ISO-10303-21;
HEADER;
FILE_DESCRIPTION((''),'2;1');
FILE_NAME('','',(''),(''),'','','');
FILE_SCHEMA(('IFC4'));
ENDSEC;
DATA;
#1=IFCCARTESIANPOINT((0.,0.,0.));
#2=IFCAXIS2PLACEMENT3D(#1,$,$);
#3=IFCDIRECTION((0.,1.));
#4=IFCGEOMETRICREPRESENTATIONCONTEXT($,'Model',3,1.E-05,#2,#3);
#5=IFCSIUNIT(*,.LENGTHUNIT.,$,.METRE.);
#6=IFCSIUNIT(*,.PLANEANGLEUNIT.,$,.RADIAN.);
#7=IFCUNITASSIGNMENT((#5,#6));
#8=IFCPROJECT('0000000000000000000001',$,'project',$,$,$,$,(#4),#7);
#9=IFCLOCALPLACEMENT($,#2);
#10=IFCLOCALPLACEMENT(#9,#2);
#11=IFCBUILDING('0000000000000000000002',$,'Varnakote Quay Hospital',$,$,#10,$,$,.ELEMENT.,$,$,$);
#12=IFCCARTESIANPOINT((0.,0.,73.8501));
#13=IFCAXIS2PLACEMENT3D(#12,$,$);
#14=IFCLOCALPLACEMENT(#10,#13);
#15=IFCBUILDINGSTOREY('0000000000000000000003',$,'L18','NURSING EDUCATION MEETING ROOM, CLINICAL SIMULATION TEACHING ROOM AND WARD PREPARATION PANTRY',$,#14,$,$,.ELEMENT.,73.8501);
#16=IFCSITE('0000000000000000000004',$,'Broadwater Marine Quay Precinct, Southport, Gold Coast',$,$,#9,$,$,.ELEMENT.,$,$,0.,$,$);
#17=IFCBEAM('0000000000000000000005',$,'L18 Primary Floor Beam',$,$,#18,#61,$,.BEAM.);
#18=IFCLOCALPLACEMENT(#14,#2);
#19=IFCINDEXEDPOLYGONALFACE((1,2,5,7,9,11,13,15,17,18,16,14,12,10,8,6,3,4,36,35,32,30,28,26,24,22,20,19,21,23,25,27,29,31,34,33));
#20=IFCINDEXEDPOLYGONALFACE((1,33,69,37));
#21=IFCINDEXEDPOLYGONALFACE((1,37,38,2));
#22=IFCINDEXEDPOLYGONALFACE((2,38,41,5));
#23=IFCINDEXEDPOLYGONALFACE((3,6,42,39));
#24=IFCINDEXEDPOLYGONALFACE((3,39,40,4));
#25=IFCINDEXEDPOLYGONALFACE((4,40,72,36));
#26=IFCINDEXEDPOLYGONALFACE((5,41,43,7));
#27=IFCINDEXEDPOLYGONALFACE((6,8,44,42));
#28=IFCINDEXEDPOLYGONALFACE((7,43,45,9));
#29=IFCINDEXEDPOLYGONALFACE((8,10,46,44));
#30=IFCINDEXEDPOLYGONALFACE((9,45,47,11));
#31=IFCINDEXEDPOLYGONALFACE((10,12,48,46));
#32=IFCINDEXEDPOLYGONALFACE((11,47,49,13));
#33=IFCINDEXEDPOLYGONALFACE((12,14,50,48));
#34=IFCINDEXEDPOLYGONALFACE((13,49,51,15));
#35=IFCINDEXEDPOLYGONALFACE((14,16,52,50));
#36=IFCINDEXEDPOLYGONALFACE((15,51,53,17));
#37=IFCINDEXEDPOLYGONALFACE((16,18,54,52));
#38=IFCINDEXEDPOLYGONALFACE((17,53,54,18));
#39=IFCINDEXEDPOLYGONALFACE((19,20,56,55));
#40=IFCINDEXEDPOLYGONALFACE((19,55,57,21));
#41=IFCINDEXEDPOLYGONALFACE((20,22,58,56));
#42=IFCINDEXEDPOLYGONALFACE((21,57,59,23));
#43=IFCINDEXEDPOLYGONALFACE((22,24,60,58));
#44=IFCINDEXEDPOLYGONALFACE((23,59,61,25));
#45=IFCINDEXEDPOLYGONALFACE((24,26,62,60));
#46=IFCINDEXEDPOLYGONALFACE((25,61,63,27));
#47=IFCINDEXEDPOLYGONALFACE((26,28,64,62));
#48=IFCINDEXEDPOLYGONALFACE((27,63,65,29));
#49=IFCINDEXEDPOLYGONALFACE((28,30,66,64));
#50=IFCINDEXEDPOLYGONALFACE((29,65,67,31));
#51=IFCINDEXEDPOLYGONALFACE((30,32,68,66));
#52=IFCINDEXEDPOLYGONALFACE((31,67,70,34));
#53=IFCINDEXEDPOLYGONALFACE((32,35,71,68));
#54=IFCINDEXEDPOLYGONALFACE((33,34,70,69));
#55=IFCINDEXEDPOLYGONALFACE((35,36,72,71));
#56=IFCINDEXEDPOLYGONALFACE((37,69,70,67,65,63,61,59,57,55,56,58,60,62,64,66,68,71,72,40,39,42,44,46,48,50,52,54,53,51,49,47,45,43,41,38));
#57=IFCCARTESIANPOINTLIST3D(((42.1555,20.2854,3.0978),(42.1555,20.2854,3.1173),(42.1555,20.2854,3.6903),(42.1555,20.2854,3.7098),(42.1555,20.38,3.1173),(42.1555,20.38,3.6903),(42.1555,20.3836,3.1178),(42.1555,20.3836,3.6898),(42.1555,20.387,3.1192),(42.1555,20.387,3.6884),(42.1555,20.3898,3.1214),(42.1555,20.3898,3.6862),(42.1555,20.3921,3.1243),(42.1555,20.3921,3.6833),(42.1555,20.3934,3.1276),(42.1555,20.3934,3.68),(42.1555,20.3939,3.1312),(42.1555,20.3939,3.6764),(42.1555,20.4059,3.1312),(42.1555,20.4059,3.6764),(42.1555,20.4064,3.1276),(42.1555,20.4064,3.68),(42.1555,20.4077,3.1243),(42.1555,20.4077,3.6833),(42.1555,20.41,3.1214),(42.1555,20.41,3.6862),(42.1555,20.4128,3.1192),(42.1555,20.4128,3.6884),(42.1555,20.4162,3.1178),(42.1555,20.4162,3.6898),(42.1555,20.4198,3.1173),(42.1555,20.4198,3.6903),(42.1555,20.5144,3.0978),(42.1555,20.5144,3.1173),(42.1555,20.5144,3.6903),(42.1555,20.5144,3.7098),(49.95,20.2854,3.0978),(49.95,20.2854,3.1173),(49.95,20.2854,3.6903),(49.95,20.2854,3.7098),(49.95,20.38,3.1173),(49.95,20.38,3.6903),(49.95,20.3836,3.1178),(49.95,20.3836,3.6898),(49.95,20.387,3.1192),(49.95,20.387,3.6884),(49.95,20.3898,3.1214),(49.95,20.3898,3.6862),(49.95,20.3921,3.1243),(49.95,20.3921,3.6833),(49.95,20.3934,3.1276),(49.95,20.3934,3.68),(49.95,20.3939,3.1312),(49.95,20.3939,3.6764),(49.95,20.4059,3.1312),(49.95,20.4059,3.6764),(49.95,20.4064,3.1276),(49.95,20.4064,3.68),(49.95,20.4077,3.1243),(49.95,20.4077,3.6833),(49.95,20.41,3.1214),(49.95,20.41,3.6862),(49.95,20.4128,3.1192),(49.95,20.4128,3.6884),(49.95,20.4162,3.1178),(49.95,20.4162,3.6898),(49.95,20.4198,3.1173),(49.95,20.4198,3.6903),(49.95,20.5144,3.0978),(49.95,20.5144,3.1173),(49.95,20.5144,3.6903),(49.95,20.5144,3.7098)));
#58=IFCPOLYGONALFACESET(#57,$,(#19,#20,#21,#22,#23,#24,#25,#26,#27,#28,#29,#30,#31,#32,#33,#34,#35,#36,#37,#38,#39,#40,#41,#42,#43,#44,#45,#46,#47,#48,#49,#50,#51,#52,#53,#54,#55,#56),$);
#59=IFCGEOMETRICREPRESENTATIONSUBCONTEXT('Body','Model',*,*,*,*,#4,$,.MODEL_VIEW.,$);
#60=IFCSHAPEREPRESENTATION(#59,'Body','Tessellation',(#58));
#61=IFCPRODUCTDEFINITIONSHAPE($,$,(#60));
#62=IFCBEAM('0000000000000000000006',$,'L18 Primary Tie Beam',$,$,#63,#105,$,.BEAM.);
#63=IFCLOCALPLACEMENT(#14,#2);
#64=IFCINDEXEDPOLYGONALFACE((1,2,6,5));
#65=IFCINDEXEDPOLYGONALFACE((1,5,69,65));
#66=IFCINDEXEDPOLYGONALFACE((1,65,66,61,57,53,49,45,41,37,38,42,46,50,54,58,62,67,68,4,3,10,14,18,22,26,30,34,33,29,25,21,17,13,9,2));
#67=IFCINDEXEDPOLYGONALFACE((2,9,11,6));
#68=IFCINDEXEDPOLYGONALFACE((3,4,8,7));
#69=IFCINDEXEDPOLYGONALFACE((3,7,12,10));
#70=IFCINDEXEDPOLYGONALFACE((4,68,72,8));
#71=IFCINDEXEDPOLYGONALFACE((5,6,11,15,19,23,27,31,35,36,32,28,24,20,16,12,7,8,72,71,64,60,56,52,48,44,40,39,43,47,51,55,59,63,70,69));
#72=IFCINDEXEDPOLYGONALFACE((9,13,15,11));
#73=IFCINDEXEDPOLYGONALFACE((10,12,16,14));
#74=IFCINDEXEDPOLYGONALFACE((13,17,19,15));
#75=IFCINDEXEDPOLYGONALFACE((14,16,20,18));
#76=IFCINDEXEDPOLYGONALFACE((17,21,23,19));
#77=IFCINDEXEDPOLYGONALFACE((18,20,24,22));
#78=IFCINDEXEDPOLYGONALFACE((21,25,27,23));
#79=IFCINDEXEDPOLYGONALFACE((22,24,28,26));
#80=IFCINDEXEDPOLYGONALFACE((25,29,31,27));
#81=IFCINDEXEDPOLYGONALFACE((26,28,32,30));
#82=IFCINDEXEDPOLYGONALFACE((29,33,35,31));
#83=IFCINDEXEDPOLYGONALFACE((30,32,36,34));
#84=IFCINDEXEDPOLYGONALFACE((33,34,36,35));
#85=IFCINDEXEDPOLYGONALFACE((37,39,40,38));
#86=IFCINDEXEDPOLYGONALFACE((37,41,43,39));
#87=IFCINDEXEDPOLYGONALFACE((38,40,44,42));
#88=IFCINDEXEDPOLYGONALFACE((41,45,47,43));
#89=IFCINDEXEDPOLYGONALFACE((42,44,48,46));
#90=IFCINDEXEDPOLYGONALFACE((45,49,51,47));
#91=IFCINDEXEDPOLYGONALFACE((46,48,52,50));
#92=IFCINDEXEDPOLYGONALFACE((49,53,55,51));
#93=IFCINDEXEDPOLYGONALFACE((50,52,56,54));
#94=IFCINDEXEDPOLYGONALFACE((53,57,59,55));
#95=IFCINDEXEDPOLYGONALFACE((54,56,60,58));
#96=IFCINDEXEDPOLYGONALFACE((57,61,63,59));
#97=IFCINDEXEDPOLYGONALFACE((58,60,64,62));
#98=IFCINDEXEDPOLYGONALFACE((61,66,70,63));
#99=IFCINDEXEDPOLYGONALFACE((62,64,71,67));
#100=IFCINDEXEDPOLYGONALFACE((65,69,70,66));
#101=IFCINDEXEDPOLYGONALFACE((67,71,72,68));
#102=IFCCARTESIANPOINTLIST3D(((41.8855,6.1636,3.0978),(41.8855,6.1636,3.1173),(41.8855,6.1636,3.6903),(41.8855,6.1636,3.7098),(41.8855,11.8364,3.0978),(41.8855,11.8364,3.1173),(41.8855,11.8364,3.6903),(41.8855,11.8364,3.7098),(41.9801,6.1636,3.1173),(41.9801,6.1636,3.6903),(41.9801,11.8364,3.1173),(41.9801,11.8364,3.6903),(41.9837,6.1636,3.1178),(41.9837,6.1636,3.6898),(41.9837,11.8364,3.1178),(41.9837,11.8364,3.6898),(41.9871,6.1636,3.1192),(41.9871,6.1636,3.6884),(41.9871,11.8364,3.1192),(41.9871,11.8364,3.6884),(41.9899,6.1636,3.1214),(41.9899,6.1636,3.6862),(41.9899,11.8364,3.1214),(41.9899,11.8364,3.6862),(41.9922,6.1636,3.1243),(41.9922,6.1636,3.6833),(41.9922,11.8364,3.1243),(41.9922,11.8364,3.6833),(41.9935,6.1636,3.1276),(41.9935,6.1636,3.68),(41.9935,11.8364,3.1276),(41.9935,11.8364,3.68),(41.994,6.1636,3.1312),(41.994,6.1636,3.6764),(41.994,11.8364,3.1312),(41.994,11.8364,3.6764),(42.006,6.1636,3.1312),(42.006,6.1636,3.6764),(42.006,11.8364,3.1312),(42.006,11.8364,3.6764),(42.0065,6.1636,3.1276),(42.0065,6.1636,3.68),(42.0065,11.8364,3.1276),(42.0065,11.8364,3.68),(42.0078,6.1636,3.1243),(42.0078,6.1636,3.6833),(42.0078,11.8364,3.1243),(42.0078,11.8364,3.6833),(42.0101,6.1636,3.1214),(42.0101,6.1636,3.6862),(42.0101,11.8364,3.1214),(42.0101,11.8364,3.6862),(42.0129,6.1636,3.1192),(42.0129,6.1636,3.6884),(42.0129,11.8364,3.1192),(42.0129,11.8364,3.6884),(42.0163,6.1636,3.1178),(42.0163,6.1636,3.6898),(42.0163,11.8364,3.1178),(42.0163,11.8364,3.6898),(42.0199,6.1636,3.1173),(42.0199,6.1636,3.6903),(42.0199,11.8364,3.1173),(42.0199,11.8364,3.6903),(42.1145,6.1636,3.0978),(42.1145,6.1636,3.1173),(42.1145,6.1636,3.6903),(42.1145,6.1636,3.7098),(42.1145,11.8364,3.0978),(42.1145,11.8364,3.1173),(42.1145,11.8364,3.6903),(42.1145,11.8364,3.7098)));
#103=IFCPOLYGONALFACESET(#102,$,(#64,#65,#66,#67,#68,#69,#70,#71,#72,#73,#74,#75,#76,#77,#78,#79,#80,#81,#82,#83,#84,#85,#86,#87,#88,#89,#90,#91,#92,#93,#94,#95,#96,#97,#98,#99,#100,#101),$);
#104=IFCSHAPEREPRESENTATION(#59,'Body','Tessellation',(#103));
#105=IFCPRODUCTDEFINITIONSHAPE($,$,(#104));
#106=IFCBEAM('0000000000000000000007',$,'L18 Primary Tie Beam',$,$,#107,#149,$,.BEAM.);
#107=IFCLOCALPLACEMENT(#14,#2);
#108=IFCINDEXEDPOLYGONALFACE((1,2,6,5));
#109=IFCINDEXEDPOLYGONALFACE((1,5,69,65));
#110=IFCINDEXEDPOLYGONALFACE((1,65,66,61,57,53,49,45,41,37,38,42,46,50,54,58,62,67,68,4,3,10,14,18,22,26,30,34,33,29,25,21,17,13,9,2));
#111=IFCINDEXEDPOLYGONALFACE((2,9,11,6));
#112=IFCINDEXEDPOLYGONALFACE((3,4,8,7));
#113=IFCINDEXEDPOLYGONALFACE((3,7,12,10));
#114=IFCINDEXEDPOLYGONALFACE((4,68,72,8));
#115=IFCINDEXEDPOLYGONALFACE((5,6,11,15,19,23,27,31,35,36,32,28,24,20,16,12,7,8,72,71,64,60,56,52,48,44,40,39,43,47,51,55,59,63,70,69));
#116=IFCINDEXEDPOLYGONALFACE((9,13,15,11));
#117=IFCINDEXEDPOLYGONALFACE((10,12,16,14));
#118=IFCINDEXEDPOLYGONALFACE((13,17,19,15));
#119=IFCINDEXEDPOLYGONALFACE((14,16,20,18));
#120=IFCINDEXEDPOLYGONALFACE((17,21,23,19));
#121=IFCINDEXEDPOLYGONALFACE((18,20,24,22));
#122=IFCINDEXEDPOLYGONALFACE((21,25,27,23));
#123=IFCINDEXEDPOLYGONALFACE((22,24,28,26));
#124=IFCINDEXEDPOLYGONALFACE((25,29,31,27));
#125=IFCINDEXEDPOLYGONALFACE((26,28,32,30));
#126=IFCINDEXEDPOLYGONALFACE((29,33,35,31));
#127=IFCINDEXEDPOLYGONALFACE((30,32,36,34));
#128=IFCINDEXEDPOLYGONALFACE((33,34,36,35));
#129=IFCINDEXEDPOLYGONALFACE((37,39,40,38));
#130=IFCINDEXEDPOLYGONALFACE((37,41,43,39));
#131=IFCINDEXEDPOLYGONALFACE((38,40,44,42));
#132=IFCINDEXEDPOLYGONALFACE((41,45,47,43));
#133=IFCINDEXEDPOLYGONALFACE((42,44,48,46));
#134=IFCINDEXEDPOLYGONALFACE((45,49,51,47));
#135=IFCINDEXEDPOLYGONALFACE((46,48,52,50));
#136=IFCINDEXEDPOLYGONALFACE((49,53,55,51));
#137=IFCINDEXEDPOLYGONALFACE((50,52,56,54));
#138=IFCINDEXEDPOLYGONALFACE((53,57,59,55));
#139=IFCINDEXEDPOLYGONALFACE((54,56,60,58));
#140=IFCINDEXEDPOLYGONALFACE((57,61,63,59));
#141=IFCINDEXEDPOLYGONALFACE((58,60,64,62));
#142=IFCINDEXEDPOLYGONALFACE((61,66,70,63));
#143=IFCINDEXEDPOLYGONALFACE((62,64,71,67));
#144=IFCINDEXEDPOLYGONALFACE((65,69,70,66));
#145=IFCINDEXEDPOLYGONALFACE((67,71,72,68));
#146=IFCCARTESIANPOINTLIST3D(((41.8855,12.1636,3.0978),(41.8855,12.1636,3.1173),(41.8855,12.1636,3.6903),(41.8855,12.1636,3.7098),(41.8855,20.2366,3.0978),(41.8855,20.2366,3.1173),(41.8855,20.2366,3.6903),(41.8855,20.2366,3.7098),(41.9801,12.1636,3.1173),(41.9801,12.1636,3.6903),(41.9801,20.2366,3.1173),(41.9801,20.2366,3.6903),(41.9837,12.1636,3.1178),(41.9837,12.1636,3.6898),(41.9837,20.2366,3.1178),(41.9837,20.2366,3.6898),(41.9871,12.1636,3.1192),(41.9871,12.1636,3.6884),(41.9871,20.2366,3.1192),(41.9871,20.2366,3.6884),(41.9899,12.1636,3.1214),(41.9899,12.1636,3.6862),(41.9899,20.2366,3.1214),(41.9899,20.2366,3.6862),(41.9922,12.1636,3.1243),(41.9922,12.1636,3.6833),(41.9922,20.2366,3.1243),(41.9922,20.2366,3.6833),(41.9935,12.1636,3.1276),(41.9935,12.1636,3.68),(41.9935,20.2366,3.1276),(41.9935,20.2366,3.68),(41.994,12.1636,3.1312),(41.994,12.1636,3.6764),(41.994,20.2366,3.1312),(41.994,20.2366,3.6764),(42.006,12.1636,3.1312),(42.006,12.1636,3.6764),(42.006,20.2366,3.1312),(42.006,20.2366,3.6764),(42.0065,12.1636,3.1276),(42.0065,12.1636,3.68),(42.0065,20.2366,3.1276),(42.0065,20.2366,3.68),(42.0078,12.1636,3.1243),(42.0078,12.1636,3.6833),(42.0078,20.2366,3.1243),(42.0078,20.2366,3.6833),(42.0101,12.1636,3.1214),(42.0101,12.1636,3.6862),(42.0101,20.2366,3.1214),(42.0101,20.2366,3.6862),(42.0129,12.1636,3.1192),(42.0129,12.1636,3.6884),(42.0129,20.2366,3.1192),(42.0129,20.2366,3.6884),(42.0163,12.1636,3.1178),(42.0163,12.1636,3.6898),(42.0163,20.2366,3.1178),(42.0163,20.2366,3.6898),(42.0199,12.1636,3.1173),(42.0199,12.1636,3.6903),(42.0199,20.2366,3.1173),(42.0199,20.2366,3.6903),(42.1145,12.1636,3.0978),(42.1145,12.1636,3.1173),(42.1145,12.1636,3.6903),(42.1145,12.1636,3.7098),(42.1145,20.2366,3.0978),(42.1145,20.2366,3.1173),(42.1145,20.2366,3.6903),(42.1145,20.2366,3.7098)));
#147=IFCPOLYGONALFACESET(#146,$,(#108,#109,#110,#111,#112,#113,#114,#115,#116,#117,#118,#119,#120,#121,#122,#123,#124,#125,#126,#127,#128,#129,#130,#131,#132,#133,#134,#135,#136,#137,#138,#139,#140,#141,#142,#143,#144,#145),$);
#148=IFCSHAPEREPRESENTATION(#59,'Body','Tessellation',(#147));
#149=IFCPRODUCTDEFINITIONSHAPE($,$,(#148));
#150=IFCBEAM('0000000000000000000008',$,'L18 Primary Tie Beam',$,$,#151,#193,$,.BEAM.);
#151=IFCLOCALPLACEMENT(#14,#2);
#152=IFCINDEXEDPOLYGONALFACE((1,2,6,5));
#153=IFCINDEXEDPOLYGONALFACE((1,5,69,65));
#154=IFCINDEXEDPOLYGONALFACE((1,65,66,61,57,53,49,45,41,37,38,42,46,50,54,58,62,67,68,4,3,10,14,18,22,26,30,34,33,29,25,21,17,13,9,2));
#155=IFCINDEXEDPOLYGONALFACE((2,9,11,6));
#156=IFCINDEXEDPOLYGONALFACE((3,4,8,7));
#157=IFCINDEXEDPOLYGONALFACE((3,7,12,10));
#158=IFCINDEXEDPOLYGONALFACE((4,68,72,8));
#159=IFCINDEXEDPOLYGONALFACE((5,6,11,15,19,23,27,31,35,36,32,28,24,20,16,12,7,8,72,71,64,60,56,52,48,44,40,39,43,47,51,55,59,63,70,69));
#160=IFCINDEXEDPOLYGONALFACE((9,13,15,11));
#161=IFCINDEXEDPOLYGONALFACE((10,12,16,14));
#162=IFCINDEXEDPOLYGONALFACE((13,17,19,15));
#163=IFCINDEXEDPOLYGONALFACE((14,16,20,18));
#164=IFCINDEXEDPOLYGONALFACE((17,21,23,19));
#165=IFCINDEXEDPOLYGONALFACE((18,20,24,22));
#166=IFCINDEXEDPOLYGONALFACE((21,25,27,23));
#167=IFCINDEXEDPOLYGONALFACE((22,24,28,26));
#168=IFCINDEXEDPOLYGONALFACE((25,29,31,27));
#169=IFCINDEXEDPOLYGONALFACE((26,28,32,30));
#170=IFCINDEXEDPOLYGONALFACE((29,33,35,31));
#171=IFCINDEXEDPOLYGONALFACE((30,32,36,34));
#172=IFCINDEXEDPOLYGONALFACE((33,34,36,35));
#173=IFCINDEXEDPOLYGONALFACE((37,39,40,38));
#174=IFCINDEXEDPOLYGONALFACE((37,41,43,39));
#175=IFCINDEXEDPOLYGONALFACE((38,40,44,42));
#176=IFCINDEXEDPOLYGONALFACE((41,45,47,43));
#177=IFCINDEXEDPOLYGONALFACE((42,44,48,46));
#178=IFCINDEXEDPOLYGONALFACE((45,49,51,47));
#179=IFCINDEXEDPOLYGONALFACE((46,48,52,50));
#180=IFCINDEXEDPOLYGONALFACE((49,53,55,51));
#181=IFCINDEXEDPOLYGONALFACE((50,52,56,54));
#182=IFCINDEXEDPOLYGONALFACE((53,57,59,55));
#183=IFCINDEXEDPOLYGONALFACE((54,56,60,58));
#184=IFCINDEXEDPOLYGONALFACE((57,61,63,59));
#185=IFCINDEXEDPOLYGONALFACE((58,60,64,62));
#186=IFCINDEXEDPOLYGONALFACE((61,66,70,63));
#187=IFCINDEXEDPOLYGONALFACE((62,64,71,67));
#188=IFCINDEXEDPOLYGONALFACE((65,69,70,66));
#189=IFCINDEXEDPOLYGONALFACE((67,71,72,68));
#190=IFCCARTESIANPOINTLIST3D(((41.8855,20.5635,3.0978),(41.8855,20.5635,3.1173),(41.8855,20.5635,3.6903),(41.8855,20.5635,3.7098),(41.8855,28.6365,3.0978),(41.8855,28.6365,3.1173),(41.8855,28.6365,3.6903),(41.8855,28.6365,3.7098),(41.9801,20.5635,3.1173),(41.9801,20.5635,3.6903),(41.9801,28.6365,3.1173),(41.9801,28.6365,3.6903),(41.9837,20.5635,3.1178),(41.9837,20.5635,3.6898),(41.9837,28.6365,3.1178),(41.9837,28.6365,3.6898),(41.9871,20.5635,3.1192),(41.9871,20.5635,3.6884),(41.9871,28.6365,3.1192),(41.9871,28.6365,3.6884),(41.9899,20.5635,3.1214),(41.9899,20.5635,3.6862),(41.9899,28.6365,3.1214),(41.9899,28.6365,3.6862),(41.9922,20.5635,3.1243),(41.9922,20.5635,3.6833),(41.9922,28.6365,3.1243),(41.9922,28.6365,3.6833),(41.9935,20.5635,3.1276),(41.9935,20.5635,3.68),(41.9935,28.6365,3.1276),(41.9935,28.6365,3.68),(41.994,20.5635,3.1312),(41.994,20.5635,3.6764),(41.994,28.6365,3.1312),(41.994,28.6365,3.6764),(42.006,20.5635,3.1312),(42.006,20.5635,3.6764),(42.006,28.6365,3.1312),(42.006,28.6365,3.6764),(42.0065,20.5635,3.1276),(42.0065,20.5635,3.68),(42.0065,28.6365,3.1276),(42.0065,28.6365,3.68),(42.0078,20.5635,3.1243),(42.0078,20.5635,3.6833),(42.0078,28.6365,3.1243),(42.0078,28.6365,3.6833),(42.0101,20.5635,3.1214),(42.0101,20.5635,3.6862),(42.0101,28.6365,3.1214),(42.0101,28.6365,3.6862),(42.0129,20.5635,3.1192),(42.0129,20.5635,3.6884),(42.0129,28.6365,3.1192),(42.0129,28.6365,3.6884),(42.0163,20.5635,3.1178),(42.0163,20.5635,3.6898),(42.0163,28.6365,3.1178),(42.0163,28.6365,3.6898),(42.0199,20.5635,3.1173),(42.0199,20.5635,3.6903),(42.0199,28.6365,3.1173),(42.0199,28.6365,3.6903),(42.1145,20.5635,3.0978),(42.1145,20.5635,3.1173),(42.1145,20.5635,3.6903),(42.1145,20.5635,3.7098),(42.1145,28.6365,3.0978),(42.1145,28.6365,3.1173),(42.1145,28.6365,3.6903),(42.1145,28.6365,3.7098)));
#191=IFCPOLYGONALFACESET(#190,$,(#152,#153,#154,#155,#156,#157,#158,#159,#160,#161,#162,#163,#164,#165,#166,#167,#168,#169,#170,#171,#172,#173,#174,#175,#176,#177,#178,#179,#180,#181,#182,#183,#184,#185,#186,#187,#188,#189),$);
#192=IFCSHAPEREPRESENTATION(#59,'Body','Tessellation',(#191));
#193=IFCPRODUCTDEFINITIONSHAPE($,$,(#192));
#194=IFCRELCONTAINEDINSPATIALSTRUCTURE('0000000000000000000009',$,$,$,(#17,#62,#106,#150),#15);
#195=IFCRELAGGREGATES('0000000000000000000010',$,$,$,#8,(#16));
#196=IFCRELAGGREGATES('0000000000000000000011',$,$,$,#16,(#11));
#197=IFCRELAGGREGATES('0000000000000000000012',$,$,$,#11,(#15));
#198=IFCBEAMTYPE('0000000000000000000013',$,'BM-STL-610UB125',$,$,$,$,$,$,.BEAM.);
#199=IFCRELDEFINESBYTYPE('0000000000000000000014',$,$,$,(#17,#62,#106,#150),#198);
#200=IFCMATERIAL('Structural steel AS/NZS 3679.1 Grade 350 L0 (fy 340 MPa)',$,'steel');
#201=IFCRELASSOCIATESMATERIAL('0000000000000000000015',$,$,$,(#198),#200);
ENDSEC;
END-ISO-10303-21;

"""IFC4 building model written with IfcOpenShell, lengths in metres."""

from ifc_helpers import new_model, si_unit, direction, frame, origin, origin_2d, place, context, subcontext, project, spatial, i_section, extrude, material, material_profile, profile_set, type_object, element, save


model = new_model("IFC4")

# Units and contexts
model_context = context("Model", 3, precision=1e-05, world=origin(), true_north=direction((0.0, 1.0)))
body_context = subcontext(model_context, "Body", "Model", "MODEL_VIEW")
ifc_project = project(units=[si_unit("LENGTHUNIT", "METRE"), si_unit("PLANEANGLEUNIT", "RADIAN")], contexts=[model_context])

# Site, building, storey
site_placement = place(None, origin())
site = spatial("IfcSite", under=ifc_project, at=site_placement, Name="Broadwater Marine Quay Precinct, Southport, Gold Coast", CompositionType="ELEMENT", RefElevation=0.0)
building_placement = place(site_placement, origin())
building = spatial("IfcBuilding", under=site, at=building_placement, Name="Varnakote Quay Hospital", CompositionType="ELEMENT")
storey_placement = place(building_placement, frame((0.0, 0.0, 73.8501)))
storey = spatial("IfcBuildingStorey", under=building, at=storey_placement, Name="L18", Description="NURSING EDUCATION MEETING ROOM, CLINICAL SIMULATION TEACHING ROOM AND WARD PREPARATION PANTRY", CompositionType="ELEMENT", Elevation=73.8501)

# Beams
ifc_material_1 = material(Name="Structural steel AS/NZS 3679.1 Grade 350 L0 (fy 340 MPa)", Category="steel")
ifc_material_profile_1 = material_profile(ifc_material_1, i_section(OverallWidth=0.229, OverallDepth=0.6121, WebThickness=0.012, FlangeThickness=0.0195, FilletRadius=0.0139, at=origin_2d()), Name="610UB125")
ifc_profile_set_1 = profile_set([ifc_material_profile_1], Name="Structural steel AS/NZS 3679.1 Grade 350 L0 (fy 340 MPa)")
beam_type_1 = type_object("IfcBeamType", Name="BM-STL-610UB125", PredefinedType="BEAM", material=ifc_profile_set_1)
beam_1_placement = place(storey_placement, frame((42.1555, 20.3999, 3.4038), z_axis=(1.0, 0.0, 0.0), x_axis=(0.0, 1.0, 0.0)))
element("IfcBeam", 1, at=beam_1_placement, inside=storey, type_object=beam_type_1, Name="L18 Primary Floor Beam", PredefinedType="BEAM", context=body_context, shape_type="SweptSolid", body=[
    extrude(i_section(OverallWidth=0.229, OverallDepth=0.6121, WebThickness=0.012, FlangeThickness=0.0195, FilletRadius=0.0139, at=origin_2d()), origin(), (0.0, 0.0, 1.0), 7.7944),
])
beam_2_placement = place(storey_placement, frame((42.0, 6.1636, 3.4038), z_axis=(0.0, 1.0, 0.0), x_axis=(-1.0, 0.0, 0.0)))
element("IfcBeam", 2, at=beam_2_placement, inside=storey, type_object=beam_type_1, Name="L18 Primary Tie Beam", PredefinedType="BEAM", context=body_context, shape_type="SweptSolid", body=[
    extrude(i_section(OverallWidth=0.229, OverallDepth=0.6121, WebThickness=0.012, FlangeThickness=0.0195, FilletRadius=0.0139, at=origin_2d()), origin(), (0.0, 0.0, 1.0), 5.6729),
])
for number, where, z_axis, x_axis, name in (
    (3, (42.0, 12.1636, 3.4038), (0.0, 1.0, 0.0), (-1.0, 0.0, 0.0), "L18 Primary Tie Beam"),
    (4, (42.0, 20.5635, 3.4038), (0.0, 1.0, 0.0), (-1.0, 0.0, 0.0), "L18 Primary Tie Beam"),
):
    element("IfcBeam", number, at=place(storey_placement, frame(where, z_axis=z_axis, x_axis=x_axis)), inside=storey, type_object=beam_type_1, Name=name, PredefinedType="BEAM", context=body_context, shape_type="SweptSolid", body=[
        extrude(i_section(OverallWidth=0.229, OverallDepth=0.6121, WebThickness=0.012, FlangeThickness=0.0195, FilletRadius=0.0139, at=origin_2d()), origin(), (0.0, 0.0, 1.0), 8.073),
    ])

save(model, "model.ifc")
